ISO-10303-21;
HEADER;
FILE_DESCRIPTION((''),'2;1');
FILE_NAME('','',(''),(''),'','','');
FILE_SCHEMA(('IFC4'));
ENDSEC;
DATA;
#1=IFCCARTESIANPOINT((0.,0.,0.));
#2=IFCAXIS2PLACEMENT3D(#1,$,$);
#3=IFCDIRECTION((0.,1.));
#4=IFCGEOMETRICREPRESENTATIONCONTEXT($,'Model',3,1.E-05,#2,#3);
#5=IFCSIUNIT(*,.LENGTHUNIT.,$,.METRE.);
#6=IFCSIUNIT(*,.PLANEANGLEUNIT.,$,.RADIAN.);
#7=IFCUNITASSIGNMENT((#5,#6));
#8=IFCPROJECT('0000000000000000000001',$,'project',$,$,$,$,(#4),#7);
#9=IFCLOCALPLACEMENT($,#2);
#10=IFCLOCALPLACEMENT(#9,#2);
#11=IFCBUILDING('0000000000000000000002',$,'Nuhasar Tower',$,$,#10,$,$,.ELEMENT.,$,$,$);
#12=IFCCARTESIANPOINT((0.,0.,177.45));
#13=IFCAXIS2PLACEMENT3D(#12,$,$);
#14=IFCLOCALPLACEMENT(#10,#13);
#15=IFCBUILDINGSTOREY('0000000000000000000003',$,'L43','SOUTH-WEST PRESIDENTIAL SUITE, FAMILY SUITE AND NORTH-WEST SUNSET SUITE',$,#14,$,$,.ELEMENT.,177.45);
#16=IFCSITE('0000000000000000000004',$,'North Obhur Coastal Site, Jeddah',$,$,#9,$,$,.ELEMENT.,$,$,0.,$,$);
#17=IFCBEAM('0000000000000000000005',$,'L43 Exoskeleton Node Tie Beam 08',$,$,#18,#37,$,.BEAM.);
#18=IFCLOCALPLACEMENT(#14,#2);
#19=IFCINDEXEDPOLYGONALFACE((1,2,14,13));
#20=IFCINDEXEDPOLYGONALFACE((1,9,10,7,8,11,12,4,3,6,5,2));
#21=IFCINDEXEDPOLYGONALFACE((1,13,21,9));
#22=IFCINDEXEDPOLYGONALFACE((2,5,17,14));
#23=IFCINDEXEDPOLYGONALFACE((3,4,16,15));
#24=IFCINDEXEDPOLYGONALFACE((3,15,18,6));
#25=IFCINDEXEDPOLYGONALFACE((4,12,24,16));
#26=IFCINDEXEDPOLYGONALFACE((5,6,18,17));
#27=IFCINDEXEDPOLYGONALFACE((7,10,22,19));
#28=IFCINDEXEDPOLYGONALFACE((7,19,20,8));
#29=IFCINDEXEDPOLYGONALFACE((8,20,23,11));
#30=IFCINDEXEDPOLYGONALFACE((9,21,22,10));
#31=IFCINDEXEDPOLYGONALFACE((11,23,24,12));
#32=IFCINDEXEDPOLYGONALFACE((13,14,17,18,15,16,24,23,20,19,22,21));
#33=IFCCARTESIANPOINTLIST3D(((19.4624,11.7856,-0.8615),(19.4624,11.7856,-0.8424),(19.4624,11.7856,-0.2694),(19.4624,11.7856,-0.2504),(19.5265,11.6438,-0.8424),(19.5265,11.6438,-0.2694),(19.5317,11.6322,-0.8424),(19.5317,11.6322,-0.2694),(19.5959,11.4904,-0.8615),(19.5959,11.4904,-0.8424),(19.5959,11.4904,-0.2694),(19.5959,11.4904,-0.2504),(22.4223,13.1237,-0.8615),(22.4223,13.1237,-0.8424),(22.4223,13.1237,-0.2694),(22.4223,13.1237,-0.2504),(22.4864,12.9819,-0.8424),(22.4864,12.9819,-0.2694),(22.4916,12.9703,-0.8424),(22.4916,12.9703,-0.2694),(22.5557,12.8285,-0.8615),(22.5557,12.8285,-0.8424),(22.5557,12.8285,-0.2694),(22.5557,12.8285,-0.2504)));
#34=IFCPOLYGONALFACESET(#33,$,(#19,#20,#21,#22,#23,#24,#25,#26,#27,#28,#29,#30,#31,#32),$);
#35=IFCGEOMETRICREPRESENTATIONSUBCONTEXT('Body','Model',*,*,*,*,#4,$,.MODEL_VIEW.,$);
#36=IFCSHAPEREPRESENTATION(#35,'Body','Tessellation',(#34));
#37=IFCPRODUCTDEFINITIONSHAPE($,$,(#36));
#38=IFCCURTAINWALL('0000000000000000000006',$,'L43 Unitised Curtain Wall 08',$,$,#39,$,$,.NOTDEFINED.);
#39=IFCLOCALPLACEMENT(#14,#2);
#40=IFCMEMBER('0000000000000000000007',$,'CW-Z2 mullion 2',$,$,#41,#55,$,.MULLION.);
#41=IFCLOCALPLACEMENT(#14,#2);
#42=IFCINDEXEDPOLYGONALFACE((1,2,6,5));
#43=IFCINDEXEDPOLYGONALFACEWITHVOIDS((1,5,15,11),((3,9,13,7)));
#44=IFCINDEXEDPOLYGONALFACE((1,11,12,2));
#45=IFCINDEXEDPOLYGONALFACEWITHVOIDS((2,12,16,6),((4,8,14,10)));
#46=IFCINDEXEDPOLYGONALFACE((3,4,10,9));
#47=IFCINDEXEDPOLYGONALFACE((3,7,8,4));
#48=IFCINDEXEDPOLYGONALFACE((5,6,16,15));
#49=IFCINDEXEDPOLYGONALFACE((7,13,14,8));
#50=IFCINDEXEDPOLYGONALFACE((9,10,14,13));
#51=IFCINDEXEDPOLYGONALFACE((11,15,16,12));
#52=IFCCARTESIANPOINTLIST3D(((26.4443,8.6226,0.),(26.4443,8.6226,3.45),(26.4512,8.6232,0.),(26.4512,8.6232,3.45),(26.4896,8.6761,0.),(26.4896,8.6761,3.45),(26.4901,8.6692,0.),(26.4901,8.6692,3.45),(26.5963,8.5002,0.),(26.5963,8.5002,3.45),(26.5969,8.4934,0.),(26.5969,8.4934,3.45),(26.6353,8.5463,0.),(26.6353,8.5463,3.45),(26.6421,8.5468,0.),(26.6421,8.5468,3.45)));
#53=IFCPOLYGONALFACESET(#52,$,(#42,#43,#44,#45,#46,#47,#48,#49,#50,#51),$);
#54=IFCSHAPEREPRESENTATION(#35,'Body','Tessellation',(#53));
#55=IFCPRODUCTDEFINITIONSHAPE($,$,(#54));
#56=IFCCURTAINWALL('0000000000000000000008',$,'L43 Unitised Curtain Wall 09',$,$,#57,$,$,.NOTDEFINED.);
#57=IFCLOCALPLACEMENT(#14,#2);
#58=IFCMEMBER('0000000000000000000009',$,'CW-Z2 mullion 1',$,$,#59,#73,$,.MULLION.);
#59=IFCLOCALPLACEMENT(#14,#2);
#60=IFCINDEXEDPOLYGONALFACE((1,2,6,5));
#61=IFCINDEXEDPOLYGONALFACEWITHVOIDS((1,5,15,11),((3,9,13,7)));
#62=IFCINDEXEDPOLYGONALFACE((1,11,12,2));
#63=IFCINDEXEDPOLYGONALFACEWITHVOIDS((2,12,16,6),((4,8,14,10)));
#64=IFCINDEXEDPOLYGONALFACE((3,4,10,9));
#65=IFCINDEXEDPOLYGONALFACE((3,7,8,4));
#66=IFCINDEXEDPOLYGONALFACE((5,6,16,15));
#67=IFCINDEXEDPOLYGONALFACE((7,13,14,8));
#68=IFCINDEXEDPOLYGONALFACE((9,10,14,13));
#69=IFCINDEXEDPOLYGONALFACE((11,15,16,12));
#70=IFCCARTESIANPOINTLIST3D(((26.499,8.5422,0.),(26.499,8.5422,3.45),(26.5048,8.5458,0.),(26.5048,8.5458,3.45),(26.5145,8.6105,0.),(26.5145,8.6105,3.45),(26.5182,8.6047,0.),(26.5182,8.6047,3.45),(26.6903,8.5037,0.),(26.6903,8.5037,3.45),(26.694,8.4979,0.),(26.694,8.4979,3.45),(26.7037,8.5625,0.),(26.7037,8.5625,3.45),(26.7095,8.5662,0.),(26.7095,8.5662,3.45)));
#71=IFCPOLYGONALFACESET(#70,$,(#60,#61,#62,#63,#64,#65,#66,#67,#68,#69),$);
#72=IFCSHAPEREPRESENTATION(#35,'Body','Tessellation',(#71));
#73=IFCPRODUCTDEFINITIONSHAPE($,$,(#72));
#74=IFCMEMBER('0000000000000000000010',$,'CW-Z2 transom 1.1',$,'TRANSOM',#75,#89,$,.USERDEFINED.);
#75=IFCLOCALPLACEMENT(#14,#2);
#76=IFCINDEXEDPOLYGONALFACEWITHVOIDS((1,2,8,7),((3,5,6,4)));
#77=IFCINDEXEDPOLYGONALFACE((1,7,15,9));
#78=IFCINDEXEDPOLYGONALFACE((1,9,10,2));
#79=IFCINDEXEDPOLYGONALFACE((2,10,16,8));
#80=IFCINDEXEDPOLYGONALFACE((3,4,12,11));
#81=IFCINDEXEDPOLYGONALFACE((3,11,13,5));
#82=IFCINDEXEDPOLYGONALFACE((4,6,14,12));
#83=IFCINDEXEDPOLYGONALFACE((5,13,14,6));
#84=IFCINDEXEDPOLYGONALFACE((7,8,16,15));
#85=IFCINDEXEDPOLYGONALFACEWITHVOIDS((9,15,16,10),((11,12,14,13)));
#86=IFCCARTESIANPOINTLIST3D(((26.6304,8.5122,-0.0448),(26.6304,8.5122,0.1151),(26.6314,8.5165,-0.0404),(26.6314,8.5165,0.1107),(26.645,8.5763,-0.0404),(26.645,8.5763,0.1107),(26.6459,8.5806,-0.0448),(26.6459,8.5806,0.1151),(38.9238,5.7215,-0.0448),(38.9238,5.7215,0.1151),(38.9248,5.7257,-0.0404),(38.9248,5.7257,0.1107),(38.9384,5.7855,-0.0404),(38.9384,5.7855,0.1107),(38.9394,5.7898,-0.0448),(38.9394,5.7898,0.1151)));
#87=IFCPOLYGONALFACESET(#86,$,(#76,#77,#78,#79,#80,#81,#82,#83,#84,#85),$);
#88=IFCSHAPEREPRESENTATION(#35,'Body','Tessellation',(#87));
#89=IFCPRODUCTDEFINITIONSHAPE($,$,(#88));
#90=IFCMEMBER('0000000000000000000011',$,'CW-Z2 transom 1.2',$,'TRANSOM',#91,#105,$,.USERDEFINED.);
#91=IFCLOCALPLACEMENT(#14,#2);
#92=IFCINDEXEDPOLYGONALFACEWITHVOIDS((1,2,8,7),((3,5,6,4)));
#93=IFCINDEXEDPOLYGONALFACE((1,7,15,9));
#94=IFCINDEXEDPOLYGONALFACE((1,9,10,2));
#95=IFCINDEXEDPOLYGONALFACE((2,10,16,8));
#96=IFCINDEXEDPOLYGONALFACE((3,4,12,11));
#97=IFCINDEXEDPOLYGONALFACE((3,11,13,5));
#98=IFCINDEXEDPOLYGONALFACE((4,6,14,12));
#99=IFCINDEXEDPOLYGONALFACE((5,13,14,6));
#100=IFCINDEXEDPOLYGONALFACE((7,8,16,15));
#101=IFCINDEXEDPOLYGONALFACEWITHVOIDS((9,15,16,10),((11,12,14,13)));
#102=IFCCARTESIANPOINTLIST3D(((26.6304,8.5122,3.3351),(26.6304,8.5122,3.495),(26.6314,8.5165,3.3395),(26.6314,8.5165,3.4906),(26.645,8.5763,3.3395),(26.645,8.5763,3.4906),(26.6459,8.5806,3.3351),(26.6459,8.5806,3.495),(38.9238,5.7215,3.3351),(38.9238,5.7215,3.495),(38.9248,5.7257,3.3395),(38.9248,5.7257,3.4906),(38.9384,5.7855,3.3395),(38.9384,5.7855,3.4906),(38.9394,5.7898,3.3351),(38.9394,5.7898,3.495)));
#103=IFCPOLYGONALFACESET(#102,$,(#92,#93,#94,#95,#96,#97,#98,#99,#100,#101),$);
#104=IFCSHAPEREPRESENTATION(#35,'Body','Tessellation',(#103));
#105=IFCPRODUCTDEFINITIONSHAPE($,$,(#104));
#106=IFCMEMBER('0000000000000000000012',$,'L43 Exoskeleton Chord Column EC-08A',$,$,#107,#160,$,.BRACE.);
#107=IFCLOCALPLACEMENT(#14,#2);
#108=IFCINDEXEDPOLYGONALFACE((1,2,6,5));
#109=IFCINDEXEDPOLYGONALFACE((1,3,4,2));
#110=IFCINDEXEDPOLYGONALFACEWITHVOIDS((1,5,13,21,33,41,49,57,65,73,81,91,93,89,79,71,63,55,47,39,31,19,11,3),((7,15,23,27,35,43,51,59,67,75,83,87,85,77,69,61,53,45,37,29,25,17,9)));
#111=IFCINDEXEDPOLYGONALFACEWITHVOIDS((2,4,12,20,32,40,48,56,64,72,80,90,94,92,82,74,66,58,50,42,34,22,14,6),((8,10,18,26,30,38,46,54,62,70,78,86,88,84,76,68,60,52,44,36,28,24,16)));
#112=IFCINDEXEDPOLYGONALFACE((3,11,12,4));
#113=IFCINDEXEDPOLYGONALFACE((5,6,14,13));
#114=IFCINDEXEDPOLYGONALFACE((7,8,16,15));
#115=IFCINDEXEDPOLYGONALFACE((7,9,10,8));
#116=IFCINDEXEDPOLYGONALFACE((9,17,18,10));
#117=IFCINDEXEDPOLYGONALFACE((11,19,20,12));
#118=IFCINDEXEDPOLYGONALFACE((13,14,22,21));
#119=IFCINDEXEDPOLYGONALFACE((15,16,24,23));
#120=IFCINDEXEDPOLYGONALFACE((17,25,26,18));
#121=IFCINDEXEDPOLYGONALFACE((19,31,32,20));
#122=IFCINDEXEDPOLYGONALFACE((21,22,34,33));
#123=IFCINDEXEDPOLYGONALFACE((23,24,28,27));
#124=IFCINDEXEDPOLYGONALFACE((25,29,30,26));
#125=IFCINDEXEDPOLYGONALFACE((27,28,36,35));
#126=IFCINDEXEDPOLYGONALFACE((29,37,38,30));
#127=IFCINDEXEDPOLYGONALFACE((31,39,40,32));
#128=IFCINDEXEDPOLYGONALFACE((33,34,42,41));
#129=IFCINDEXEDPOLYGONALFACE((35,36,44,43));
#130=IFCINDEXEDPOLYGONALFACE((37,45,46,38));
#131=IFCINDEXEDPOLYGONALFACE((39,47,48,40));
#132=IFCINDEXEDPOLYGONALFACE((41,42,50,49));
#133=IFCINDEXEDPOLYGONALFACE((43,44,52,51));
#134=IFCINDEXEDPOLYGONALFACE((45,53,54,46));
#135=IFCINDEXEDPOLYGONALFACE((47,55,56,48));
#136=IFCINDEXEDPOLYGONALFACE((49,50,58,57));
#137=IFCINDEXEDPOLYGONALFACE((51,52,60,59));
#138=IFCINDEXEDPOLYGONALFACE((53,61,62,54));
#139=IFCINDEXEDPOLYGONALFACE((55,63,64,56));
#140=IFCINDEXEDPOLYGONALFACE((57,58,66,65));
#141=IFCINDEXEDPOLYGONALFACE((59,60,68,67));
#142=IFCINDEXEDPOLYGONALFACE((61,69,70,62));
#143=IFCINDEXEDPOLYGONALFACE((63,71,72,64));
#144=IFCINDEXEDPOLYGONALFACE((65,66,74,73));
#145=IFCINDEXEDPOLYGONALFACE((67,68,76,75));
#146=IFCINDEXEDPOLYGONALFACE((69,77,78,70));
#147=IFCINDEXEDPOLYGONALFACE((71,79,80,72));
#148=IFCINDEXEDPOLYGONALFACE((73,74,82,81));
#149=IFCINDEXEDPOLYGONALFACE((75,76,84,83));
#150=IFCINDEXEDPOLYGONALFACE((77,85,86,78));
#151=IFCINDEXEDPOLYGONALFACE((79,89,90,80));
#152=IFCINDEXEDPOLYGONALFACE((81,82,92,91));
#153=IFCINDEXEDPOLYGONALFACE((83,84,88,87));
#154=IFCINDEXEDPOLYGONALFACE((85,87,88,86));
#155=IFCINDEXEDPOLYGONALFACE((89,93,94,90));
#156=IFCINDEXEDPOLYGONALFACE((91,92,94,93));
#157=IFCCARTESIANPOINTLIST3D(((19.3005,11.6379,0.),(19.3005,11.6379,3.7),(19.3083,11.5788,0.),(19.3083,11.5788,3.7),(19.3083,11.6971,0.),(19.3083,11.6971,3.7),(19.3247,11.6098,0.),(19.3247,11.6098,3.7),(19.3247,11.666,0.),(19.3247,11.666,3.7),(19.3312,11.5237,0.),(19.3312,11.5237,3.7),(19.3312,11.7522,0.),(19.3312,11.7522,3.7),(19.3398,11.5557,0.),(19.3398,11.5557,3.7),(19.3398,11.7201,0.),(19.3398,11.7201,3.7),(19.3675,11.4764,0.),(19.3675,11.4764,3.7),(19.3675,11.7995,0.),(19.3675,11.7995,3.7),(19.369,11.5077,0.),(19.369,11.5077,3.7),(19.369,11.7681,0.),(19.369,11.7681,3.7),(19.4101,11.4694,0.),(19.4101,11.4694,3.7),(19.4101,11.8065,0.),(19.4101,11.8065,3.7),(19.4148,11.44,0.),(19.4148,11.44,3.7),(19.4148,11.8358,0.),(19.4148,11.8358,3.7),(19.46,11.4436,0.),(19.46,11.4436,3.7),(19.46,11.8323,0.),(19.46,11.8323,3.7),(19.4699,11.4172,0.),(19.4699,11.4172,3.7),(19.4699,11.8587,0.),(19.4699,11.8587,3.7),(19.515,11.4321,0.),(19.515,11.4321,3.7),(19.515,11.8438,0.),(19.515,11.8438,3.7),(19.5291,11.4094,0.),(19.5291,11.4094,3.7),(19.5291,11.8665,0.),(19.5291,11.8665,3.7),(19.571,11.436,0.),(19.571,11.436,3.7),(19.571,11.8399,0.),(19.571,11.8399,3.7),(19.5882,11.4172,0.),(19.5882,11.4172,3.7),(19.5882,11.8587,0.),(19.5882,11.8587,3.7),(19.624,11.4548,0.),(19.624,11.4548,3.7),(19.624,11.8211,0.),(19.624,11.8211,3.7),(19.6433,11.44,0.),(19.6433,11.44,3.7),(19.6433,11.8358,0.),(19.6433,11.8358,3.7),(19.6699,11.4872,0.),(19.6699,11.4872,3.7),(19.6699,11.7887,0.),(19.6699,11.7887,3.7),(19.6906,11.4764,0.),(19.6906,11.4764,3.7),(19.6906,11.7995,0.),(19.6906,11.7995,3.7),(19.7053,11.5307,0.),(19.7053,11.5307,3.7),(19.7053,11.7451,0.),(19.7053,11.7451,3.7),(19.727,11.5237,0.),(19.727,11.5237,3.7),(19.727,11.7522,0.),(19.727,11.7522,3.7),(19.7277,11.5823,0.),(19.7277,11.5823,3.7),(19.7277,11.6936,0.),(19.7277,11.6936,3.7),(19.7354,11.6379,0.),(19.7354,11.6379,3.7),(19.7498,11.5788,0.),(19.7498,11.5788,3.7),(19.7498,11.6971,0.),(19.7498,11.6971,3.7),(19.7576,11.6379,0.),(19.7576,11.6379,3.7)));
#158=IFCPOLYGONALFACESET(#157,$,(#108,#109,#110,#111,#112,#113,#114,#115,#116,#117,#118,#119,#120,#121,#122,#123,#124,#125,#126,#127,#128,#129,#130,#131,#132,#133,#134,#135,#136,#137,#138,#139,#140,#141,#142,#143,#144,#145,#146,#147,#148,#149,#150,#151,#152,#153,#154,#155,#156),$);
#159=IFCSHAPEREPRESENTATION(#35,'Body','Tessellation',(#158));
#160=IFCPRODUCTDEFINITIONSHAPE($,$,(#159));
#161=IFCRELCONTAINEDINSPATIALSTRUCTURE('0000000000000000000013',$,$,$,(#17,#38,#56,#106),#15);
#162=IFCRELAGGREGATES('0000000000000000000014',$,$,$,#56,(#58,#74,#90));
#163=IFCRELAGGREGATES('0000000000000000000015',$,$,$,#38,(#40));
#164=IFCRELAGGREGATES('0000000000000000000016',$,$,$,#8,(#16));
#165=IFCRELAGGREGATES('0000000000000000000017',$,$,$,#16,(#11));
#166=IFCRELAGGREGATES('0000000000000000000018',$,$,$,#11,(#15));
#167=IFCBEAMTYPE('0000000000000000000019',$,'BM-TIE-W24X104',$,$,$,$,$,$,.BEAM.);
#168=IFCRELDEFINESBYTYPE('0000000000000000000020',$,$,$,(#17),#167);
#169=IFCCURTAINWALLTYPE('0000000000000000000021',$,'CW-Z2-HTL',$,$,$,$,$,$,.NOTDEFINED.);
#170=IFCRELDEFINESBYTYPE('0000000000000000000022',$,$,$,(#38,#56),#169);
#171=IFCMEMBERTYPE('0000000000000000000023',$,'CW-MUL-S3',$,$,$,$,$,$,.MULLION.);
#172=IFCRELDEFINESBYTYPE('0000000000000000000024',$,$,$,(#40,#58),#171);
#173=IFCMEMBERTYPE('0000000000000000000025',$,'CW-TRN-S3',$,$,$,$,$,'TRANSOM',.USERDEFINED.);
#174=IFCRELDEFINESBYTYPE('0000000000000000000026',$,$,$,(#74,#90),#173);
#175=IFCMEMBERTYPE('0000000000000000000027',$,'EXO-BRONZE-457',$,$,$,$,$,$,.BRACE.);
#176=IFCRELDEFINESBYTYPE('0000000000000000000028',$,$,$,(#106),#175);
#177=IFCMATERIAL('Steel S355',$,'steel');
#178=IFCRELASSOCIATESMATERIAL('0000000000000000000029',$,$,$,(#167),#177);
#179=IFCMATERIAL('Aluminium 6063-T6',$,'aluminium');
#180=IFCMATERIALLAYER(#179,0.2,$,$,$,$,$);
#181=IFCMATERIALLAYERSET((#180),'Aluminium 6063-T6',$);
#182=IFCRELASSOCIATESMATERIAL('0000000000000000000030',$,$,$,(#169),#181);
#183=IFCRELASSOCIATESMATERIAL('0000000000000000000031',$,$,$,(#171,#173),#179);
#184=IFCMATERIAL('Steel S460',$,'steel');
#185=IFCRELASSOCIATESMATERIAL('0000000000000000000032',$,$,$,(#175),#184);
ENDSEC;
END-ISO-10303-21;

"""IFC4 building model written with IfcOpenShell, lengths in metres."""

from ifc_helpers import new_model, si_unit, direction, frame, origin, origin_2d, place, context, subcontext, project, spatial, hollow_rectangle, hollow_circle, i_section, extrude, material, layer, layer_set, material_profile, profile_set, type_object, element, aggregate, save


model = new_model("IFC4")

# Units and contexts
model_context = context("Model", 3, precision=1e-05, world=origin(), true_north=direction((0.0, 1.0)))
body_context = subcontext(model_context, "Body", "Model", "MODEL_VIEW")
ifc_project = project(units=[si_unit("LENGTHUNIT", "METRE"), si_unit("PLANEANGLEUNIT", "RADIAN")], contexts=[model_context])

# Site, building, storey
site_placement = place(None, origin())
site = spatial("IfcSite", under=ifc_project, at=site_placement, Name="North Obhur Coastal Site, Jeddah", CompositionType="ELEMENT", RefElevation=0.0)
building_placement = place(site_placement, origin())
building = spatial("IfcBuilding", under=site, at=building_placement, Name="Nuhasar Tower", CompositionType="ELEMENT")
storey_placement = place(building_placement, frame((0.0, 0.0, 177.45)))
storey = spatial("IfcBuildingStorey", under=building, at=storey_placement, Name="L43", Description="SOUTH-WEST PRESIDENTIAL SUITE, FAMILY SUITE AND NORTH-WEST SUNSET SUITE", CompositionType="ELEMENT", Elevation=177.45)

# Beam
ifc_material_1 = material(Name="Steel S355", Category="steel")
ifc_material_profile_1 = material_profile(ifc_material_1, i_section(OverallWidth=0.324, OverallDepth=0.6111, WebThickness=0.0127, FlangeThickness=0.019, at=origin_2d()), Name="W24X104")
ifc_profile_set_1 = profile_set([ifc_material_profile_1], Name="Steel S355")
beam_type_1 = type_object("IfcBeamType", Name="BM-TIE-W24X104", PredefinedType="BEAM", material=ifc_profile_set_1)
beam_1_placement = place(storey_placement, frame((22.489, 12.9761, -0.5559), z_axis=(-0.911211, -0.411939, 0.0), x_axis=(0.411939, -0.911211, 0.0)))
element("IfcBeam", 1, at=beam_1_placement, inside=storey, type_object=beam_type_1, Name="L43 Exoskeleton Node Tie Beam 08", PredefinedType="BEAM", context=body_context, shape_type="SweptSolid", body=[
    extrude(i_section(OverallWidth=0.324, OverallDepth=0.6111, WebThickness=0.0127, FlangeThickness=0.019, at=origin_2d()), origin(), (0.0, 0.0, 1.0), 3.2483),
])

# Curtain wall, member
ifc_material_2 = material(Name="Aluminium 6063-T6", Category="aluminium")
ifc_layer_1 = layer(ifc_material_2, 0.2)
ifc_layer_set_1 = layer_set([ifc_layer_1], Name="Aluminium 6063-T6")
curtain_wall_type = type_object("IfcCurtainWallType", Name="CW-Z2-HTL", PredefinedType="NOTDEFINED", material=ifc_layer_set_1)
curtain_wall_1_placement = place(storey_placement, origin())
curtain_wall_1 = element("IfcCurtainWall", 2, at=curtain_wall_1_placement, inside=storey, type_object=curtain_wall_type, Name="L43 Unitised Curtain Wall 08", PredefinedType="NOTDEFINED")
ifc_material_profile_2 = material_profile(ifc_material_2, hollow_rectangle(XDim=0.0701, YDim=0.2, WallThickness=0.0049, at=origin_2d()), Name="CWM-3")
ifc_profile_set_2 = profile_set([ifc_material_profile_2], Name="Aluminium 6063-T6")
member_type_1 = type_object("IfcMemberType", Name="CW-MUL-S3", PredefinedType="MULLION", material=ifc_profile_set_2)
member_1_placement = place(storey_placement, frame((26.5432, 8.5847, 0.0), z_axis=(0.0, 0.0, 1.0), x_axis=(0.646374, 0.76302, 0.0)))
member_1 = element("IfcMember", 3, at=member_1_placement, type_object=member_type_1, Name="CW-Z2 mullion 2", PredefinedType="MULLION", context=body_context, shape_type="SweptSolid", body=[
    extrude(hollow_rectangle(XDim=0.0701, YDim=0.2, WallThickness=0.0049, at=origin_2d()), origin(), (0.0, 0.0, 1.0), 3.45),
])

# Curtain wall, members
curtain_wall_2_placement = place(storey_placement, origin())
curtain_wall_2 = element("IfcCurtainWall", 4, at=curtain_wall_2_placement, inside=storey, type_object=curtain_wall_type, Name="L43 Unitised Curtain Wall 09", PredefinedType="NOTDEFINED")
member_2_placement = place(storey_placement, frame((26.6042, 8.5542, 0.0), z_axis=(0.0, 0.0, 1.0), x_axis=(0.221397, 0.975184, 0.0)))
member_2 = element("IfcMember", 5, at=member_2_placement, type_object=member_type_1, Name="CW-Z2 mullion 1", PredefinedType="MULLION", context=body_context, shape_type="SweptSolid", body=[
    extrude(hollow_rectangle(XDim=0.0701, YDim=0.2, WallThickness=0.0049, at=origin_2d()), origin(), (0.0, 0.0, 1.0), 3.45),
])
ifc_material_profile_3 = material_profile(ifc_material_2, hollow_rectangle(XDim=0.0701, YDim=0.1599, WallThickness=0.0044, at=origin_2d()), Name="CWT-3")
ifc_profile_set_3 = profile_set([ifc_material_profile_3], Name="Aluminium 6063-T6")
member_type_2 = type_object("IfcMemberType", Name="CW-TRN-S3", ElementType="TRANSOM", PredefinedType="USERDEFINED", material=ifc_profile_set_3)
member_3_placement = place(storey_placement, frame((26.6382, 8.5464, 0.0352), z_axis=(0.975188, -0.22138, 0.0), x_axis=(0.22138, 0.975188, 0.0)))
member_3 = element("IfcMember", 6, at=member_3_placement, type_object=member_type_2, Name="CW-Z2 transom 1.1", ObjectType="TRANSOM", PredefinedType="USERDEFINED", context=body_context, shape_type="SweptSolid", body=[
    extrude(hollow_rectangle(XDim=0.0701, YDim=0.1599, WallThickness=0.0044, at=origin_2d()), origin(), (0.0, 0.0, 1.0), 12.6062),
])
member_4_placement = place(storey_placement, frame((26.6382, 8.5464, 3.415), z_axis=(0.975188, -0.22138, 0.0), x_axis=(0.22138, 0.975188, 0.0)))
member_4 = element("IfcMember", 7, at=member_4_placement, type_object=member_type_2, Name="CW-Z2 transom 1.2", ObjectType="TRANSOM", PredefinedType="USERDEFINED", context=body_context, shape_type="SweptSolid", body=[
    extrude(hollow_rectangle(XDim=0.0701, YDim=0.1599, WallThickness=0.0044, at=origin_2d()), origin(), (0.0, 0.0, 1.0), 12.6062),
])
aggregate(curtain_wall_2, [member_2, member_3, member_4])

# Member
ifc_material_3 = material(Name="Steel S460", Category="steel")
ifc_material_profile_4 = material_profile(ifc_material_3, hollow_circle(Radius=0.2285, WallThickness=0.0222, at=origin_2d()), Name="HSS457X22.2")
ifc_profile_set_4 = profile_set([ifc_material_profile_4], Name="Steel S460")
member_type_3 = type_object("IfcMemberType", Name="EXO-BRONZE-457", PredefinedType="BRACE", material=ifc_profile_set_4)
for number, where, z_axis, x_axis, name in (
    (8, (19.5291, 11.6379, 0.0), (0.0, 0.0, 1.0), (1.0, 0.0, 0.0), "L43 Exoskeleton Chord Column EC-08A"),
):
    element("IfcMember", number, at=place(storey_placement, frame(where, z_axis=z_axis, x_axis=x_axis)), inside=storey, type_object=member_type_3, Name=name, PredefinedType="BRACE", context=body_context, shape_type="SweptSolid", body=[
        extrude(hollow_circle(Radius=0.2285, WallThickness=0.0222, at=origin_2d()), origin(), (0.0, 0.0, 1.0), 3.7),
    ])

aggregate(curtain_wall_1, [member_1])

save(model, "model.ifc")
